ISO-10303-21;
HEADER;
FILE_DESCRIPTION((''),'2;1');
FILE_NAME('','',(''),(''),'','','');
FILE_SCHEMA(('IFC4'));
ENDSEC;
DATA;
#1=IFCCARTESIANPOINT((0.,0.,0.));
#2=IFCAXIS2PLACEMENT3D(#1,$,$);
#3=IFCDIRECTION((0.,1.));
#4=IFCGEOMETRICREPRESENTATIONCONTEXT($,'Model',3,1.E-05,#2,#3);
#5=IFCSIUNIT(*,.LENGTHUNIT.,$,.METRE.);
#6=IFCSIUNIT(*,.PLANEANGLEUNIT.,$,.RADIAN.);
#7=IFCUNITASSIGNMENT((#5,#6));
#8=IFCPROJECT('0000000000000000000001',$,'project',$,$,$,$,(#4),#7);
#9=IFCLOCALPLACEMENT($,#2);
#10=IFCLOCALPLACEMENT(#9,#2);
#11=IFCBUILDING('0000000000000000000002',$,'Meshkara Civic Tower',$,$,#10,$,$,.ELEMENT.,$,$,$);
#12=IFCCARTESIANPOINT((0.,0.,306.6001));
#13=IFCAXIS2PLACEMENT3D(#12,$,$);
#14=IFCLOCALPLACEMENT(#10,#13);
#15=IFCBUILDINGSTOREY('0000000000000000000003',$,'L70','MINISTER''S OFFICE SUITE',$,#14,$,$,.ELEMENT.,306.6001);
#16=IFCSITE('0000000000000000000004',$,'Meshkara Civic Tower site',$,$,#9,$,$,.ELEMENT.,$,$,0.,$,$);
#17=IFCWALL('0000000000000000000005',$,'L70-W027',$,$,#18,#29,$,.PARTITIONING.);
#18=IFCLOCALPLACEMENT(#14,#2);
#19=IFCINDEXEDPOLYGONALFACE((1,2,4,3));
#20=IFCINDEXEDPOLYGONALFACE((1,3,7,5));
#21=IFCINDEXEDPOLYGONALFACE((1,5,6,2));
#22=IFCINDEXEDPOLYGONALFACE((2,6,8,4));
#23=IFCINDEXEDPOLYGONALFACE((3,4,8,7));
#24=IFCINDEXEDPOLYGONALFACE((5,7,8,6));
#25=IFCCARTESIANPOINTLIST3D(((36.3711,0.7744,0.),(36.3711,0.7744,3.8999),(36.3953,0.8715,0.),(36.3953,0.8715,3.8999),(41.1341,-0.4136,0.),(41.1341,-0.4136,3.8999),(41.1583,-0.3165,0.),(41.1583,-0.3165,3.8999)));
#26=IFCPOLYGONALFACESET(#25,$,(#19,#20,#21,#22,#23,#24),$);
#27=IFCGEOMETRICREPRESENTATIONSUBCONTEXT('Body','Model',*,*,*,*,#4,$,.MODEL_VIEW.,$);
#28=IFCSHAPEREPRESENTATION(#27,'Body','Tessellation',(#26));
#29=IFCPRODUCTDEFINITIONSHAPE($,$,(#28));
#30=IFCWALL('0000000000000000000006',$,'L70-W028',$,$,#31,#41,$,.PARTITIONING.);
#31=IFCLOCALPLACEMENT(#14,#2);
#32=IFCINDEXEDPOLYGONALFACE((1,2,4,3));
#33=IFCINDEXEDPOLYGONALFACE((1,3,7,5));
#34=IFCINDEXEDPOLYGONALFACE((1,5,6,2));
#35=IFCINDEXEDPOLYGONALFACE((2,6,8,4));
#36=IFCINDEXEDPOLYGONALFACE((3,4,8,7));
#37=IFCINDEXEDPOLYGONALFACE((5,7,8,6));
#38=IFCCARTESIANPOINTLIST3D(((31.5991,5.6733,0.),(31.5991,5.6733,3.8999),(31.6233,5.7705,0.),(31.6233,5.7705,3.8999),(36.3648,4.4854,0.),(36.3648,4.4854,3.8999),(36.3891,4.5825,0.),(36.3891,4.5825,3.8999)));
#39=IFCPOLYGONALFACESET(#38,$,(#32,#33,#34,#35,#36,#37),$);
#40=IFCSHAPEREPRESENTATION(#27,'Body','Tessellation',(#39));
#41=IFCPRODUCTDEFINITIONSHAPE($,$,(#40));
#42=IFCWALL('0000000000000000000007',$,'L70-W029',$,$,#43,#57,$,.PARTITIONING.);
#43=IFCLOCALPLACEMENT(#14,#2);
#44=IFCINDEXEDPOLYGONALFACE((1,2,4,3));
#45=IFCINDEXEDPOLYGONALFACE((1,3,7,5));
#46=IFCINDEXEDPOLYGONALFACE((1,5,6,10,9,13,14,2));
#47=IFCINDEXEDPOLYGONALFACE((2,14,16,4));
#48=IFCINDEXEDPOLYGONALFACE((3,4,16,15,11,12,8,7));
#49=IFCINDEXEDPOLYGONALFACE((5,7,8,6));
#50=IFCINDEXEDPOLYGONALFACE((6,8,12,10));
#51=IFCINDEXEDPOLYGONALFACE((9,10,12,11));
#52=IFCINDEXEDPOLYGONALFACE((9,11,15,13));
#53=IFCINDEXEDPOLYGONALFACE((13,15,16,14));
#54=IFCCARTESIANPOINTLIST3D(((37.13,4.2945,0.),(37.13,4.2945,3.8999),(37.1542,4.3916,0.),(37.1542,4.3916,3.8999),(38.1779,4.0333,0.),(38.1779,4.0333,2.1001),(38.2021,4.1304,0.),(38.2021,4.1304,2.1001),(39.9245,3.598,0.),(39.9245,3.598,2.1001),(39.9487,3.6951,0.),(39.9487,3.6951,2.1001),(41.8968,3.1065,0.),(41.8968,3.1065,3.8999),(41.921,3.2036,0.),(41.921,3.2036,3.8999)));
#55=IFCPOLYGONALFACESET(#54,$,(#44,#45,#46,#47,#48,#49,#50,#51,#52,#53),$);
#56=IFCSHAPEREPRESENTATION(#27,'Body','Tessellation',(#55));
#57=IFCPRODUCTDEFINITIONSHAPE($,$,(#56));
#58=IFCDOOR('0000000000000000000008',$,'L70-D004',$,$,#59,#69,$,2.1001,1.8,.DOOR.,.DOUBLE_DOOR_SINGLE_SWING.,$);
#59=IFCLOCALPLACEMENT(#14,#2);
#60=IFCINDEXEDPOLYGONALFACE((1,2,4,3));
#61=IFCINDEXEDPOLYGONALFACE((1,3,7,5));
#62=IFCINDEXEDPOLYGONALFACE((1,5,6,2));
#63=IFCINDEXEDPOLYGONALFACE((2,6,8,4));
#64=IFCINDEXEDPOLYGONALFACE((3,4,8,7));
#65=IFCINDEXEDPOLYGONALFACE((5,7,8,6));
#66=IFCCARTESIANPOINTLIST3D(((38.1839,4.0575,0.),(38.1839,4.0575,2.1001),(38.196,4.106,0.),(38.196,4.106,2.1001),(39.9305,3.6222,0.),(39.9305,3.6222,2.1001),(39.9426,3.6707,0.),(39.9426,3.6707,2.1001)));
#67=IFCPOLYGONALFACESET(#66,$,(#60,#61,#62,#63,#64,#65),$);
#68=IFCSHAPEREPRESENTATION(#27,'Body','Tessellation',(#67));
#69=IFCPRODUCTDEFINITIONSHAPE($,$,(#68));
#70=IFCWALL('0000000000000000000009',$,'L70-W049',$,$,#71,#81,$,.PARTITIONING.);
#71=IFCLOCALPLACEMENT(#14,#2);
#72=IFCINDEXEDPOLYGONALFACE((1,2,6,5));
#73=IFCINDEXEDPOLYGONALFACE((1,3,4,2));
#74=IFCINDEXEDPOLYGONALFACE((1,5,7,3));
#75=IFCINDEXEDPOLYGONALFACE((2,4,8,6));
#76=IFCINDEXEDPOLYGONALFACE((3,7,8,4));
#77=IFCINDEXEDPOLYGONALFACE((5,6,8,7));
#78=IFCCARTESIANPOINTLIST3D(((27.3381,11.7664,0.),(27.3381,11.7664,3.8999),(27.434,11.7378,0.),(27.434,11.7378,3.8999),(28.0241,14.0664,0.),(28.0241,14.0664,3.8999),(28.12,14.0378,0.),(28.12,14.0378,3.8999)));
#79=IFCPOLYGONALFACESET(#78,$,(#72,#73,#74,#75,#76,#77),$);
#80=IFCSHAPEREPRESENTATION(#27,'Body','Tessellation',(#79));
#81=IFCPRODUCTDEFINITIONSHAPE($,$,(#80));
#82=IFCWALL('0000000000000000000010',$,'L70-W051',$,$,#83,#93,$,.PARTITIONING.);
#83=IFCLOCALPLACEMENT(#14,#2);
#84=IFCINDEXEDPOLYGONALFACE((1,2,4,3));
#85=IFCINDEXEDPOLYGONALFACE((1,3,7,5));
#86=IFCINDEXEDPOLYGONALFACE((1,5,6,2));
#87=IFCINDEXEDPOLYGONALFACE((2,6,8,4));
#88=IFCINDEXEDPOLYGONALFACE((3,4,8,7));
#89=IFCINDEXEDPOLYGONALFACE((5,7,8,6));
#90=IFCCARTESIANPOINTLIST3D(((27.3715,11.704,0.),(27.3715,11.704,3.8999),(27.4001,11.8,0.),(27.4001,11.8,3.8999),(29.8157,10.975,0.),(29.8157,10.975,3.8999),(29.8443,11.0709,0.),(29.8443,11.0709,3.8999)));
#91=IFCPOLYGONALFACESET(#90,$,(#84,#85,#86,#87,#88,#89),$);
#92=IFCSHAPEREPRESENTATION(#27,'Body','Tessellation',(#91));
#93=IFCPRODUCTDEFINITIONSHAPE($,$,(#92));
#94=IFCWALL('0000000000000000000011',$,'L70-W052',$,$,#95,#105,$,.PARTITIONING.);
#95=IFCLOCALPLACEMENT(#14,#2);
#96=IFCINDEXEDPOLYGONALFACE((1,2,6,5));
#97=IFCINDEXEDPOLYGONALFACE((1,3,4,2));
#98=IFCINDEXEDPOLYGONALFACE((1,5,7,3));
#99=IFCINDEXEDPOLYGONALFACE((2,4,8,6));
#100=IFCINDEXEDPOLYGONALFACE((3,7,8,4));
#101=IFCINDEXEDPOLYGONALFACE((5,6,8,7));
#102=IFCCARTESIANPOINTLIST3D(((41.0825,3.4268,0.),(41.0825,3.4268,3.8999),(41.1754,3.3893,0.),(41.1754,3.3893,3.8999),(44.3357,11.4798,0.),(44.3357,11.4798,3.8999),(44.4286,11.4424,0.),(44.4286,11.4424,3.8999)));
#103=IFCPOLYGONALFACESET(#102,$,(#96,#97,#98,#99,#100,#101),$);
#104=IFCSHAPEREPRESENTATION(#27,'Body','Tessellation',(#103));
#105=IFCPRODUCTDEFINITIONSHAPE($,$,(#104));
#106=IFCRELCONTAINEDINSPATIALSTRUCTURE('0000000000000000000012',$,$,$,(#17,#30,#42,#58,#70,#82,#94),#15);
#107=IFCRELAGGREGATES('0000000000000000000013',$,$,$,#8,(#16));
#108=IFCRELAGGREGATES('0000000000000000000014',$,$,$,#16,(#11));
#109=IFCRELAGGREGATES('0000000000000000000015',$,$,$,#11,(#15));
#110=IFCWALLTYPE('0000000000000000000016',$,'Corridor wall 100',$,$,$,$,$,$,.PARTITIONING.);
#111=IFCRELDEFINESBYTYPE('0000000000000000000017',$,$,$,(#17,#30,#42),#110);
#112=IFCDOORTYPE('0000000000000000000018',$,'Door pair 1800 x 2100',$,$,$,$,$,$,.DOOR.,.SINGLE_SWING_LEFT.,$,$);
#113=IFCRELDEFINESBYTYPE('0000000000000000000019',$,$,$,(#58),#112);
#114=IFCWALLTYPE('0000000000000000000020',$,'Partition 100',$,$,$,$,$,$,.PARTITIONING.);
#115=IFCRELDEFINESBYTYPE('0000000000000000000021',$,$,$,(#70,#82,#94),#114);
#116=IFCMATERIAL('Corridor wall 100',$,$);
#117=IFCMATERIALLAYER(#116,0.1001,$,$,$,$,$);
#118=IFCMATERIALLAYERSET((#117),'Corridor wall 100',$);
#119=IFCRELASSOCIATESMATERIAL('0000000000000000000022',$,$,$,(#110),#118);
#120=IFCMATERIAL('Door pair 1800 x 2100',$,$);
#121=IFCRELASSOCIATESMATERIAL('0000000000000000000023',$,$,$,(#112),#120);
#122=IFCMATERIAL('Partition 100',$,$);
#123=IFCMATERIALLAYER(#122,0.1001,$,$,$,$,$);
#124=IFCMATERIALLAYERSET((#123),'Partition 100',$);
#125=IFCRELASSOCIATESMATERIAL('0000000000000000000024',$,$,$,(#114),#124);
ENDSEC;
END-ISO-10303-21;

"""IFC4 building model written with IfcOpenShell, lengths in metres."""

from ifc_helpers import new_model, si_unit, direction, frame, frame_2d, origin, place, context, subcontext, project, spatial, rectangle, extrude, material, layer, layer_set, type_object, element, fill, save


model = new_model("IFC4")

# Units and contexts
model_context = context("Model", 3, precision=1e-05, world=origin(), true_north=direction((0.0, 1.0)))
body_context = subcontext(model_context, "Body", "Model", "MODEL_VIEW")
ifc_project = project(units=[si_unit("LENGTHUNIT", "METRE"), si_unit("PLANEANGLEUNIT", "RADIAN")], contexts=[model_context])

# Site, building, storey
site_placement = place(None, origin())
site = spatial("IfcSite", under=ifc_project, at=site_placement, Name="Meshkara Civic Tower site", CompositionType="ELEMENT", RefElevation=0.0)
building_placement = place(site_placement, origin())
building = spatial("IfcBuilding", under=site, at=building_placement, Name="Meshkara Civic Tower", CompositionType="ELEMENT")
storey_placement = place(building_placement, frame((0.0, 0.0, 306.6001)))
storey = spatial("IfcBuildingStorey", under=building, at=storey_placement, Name="L70", Description="MINISTER'S OFFICE SUITE", CompositionType="ELEMENT", Elevation=306.6001)

# Shared definitions
ifc_material_1 = material(Name="Corridor wall 100")
ifc_layer_1 = layer(ifc_material_1, 0.1001)
ifc_layer_set_1 = layer_set([ifc_layer_1], Name="Corridor wall 100")
wall_type_1 = type_object("IfcWallType", Name="Corridor wall 100", PredefinedType="PARTITIONING", material=ifc_layer_set_1)

# Walls
wall_1_placement = place(storey_placement, frame((36.3831, 0.823, 0.0), z_axis=(0.0, 0.0, 1.0), x_axis=(0.970274, -0.242009, 0.0)))
element("IfcWall", 1, at=wall_1_placement, inside=storey, type_object=wall_type_1, Name="L70-W027", PredefinedType="PARTITIONING", context=body_context, shape_type="SweptSolid", body=[
    extrude(rectangle(XDim=4.9089, YDim=0.1001, at=frame_2d((2.4546, 0.0))), origin(), (0.0, 0.0, 1.0), 3.8999),
])
wall_2_placement = place(storey_placement, frame((36.377, 4.5339, 0.0), z_axis=(0.0, 0.0, 1.0), x_axis=(-0.970309, 0.241869, 0.0)))
element("IfcWall", 2, at=wall_2_placement, inside=storey, type_object=wall_type_1, Name="L70-W028", PredefinedType="PARTITIONING", context=body_context, shape_type="SweptSolid", body=[
    extrude(rectangle(XDim=4.9116, YDim=0.1001, at=frame_2d((2.4558, 0.0))), origin(), (0.0, 0.0, 1.0), 3.8999),
])

# Wall, opening, door
wall_3_placement = place(storey_placement, frame((37.1421, 4.343, 0.0), z_axis=(0.0, 0.0, 1.0), x_axis=(0.970321, -0.241822, 0.0)))
wall_3 = element("IfcWall", 3, at=wall_3_placement, inside=storey, type_object=wall_type_1, Name="L70-W029", PredefinedType="PARTITIONING", context=body_context, shape_type="SweptSolid", body=[
    extrude(rectangle(XDim=4.9126, YDim=0.1001, at=frame_2d((2.4563, 0.0))), origin(), (0.0, 0.0, 1.0), 3.8999),
])
opening_1_placement = place(wall_3_placement, frame((1.0801, 0.0, 0.0)))
opening_1 = element("IfcOpeningElement", 4, at=opening_1_placement, cuts=wall_3, PredefinedType="OPENING", context=body_context, shape_type="SweptSolid", body=[
    extrude(rectangle(XDim=1.8, YDim=2.1001, at=frame_2d((0.8999, 1.05))), frame((0.0, 0.0601, 0.0), z_axis=(0.0, -1.0, 0.0), x_axis=(1.0, 0.0, 0.0)), (0.0, 0.0, 1.0), 0.1201),
])
ifc_material_2 = material(Name="Door pair 1800 x 2100")
door_type_1 = type_object("IfcDoorType", Name="Door pair 1800 x 2100", OperationType="SINGLE_SWING_LEFT", PredefinedType="DOOR", material=ifc_material_2)
door_1_placement = place(opening_1_placement, origin())
door_1 = element("IfcDoor", 5, at=door_1_placement, inside=storey, type_object=door_type_1, Name="L70-D004", OperationType="DOUBLE_DOOR_SINGLE_SWING", OverallHeight=2.1001, OverallWidth=1.8, PredefinedType="DOOR", context=body_context, shape_type="SweptSolid", body=[
    extrude(rectangle(XDim=1.8, YDim=2.1001, at=frame_2d((0.8999, 1.05))), frame((0.0, 0.0249, 0.0), z_axis=(0.0, -1.0, 0.0), x_axis=(1.0, 0.0, 0.0)), (0.0, 0.0, 1.0), 0.05),
])
fill(opening_1, door_1)

# Walls
ifc_material_3 = material(Name="Partition 100")
ifc_layer_2 = layer(ifc_material_3, 0.1001)
ifc_layer_set_2 = layer_set([ifc_layer_2], Name="Partition 100")
wall_type_2 = type_object("IfcWallType", Name="Partition 100", PredefinedType="PARTITIONING", material=ifc_layer_set_2)
wall_4_placement = place(storey_placement, frame((27.386, 11.752, 0.0), z_axis=(0.0, 0.0, 1.0), x_axis=(0.285826, 0.958281, 0.0)))
element("IfcWall", 6, at=wall_4_placement, inside=storey, type_object=wall_type_2, Name="L70-W049", PredefinedType="PARTITIONING", context=body_context, shape_type="SweptSolid", body=[
    extrude(rectangle(XDim=2.4001, YDim=0.1001, at=frame_2d((1.2002, 0.0))), origin(), (0.0, 0.0, 1.0), 3.8999),
])
wall_5_placement = place(storey_placement, frame((29.8301, 11.0229, 0.0), z_axis=(0.0, 0.0, 1.0), x_axis=(-0.958281, 0.285828, 0.0)))
element("IfcWall", 7, at=wall_5_placement, inside=storey, type_object=wall_type_2, Name="L70-W051", PredefinedType="PARTITIONING", context=body_context, shape_type="SweptSolid", body=[
    extrude(rectangle(XDim=2.5505, YDim=0.1001, at=frame_2d((1.2754, 0.0))), origin(), (0.0, 0.0, 1.0), 3.8999),
])
wall_6_placement = place(storey_placement, frame((41.1289, 3.408, 0.0), z_axis=(0.0, 0.0, 1.0), x_axis=(0.374563, 0.927201, 0.0)))
element("IfcWall", 8, at=wall_6_placement, inside=storey, type_object=wall_type_2, Name="L70-W052", PredefinedType="PARTITIONING", context=body_context, shape_type="SweptSolid", body=[
    extrude(rectangle(XDim=8.6853, YDim=0.1001, at=frame_2d((4.3428, 0.0))), origin(), (0.0, 0.0, 1.0), 3.8999),
])

save(model, "model.ifc")
